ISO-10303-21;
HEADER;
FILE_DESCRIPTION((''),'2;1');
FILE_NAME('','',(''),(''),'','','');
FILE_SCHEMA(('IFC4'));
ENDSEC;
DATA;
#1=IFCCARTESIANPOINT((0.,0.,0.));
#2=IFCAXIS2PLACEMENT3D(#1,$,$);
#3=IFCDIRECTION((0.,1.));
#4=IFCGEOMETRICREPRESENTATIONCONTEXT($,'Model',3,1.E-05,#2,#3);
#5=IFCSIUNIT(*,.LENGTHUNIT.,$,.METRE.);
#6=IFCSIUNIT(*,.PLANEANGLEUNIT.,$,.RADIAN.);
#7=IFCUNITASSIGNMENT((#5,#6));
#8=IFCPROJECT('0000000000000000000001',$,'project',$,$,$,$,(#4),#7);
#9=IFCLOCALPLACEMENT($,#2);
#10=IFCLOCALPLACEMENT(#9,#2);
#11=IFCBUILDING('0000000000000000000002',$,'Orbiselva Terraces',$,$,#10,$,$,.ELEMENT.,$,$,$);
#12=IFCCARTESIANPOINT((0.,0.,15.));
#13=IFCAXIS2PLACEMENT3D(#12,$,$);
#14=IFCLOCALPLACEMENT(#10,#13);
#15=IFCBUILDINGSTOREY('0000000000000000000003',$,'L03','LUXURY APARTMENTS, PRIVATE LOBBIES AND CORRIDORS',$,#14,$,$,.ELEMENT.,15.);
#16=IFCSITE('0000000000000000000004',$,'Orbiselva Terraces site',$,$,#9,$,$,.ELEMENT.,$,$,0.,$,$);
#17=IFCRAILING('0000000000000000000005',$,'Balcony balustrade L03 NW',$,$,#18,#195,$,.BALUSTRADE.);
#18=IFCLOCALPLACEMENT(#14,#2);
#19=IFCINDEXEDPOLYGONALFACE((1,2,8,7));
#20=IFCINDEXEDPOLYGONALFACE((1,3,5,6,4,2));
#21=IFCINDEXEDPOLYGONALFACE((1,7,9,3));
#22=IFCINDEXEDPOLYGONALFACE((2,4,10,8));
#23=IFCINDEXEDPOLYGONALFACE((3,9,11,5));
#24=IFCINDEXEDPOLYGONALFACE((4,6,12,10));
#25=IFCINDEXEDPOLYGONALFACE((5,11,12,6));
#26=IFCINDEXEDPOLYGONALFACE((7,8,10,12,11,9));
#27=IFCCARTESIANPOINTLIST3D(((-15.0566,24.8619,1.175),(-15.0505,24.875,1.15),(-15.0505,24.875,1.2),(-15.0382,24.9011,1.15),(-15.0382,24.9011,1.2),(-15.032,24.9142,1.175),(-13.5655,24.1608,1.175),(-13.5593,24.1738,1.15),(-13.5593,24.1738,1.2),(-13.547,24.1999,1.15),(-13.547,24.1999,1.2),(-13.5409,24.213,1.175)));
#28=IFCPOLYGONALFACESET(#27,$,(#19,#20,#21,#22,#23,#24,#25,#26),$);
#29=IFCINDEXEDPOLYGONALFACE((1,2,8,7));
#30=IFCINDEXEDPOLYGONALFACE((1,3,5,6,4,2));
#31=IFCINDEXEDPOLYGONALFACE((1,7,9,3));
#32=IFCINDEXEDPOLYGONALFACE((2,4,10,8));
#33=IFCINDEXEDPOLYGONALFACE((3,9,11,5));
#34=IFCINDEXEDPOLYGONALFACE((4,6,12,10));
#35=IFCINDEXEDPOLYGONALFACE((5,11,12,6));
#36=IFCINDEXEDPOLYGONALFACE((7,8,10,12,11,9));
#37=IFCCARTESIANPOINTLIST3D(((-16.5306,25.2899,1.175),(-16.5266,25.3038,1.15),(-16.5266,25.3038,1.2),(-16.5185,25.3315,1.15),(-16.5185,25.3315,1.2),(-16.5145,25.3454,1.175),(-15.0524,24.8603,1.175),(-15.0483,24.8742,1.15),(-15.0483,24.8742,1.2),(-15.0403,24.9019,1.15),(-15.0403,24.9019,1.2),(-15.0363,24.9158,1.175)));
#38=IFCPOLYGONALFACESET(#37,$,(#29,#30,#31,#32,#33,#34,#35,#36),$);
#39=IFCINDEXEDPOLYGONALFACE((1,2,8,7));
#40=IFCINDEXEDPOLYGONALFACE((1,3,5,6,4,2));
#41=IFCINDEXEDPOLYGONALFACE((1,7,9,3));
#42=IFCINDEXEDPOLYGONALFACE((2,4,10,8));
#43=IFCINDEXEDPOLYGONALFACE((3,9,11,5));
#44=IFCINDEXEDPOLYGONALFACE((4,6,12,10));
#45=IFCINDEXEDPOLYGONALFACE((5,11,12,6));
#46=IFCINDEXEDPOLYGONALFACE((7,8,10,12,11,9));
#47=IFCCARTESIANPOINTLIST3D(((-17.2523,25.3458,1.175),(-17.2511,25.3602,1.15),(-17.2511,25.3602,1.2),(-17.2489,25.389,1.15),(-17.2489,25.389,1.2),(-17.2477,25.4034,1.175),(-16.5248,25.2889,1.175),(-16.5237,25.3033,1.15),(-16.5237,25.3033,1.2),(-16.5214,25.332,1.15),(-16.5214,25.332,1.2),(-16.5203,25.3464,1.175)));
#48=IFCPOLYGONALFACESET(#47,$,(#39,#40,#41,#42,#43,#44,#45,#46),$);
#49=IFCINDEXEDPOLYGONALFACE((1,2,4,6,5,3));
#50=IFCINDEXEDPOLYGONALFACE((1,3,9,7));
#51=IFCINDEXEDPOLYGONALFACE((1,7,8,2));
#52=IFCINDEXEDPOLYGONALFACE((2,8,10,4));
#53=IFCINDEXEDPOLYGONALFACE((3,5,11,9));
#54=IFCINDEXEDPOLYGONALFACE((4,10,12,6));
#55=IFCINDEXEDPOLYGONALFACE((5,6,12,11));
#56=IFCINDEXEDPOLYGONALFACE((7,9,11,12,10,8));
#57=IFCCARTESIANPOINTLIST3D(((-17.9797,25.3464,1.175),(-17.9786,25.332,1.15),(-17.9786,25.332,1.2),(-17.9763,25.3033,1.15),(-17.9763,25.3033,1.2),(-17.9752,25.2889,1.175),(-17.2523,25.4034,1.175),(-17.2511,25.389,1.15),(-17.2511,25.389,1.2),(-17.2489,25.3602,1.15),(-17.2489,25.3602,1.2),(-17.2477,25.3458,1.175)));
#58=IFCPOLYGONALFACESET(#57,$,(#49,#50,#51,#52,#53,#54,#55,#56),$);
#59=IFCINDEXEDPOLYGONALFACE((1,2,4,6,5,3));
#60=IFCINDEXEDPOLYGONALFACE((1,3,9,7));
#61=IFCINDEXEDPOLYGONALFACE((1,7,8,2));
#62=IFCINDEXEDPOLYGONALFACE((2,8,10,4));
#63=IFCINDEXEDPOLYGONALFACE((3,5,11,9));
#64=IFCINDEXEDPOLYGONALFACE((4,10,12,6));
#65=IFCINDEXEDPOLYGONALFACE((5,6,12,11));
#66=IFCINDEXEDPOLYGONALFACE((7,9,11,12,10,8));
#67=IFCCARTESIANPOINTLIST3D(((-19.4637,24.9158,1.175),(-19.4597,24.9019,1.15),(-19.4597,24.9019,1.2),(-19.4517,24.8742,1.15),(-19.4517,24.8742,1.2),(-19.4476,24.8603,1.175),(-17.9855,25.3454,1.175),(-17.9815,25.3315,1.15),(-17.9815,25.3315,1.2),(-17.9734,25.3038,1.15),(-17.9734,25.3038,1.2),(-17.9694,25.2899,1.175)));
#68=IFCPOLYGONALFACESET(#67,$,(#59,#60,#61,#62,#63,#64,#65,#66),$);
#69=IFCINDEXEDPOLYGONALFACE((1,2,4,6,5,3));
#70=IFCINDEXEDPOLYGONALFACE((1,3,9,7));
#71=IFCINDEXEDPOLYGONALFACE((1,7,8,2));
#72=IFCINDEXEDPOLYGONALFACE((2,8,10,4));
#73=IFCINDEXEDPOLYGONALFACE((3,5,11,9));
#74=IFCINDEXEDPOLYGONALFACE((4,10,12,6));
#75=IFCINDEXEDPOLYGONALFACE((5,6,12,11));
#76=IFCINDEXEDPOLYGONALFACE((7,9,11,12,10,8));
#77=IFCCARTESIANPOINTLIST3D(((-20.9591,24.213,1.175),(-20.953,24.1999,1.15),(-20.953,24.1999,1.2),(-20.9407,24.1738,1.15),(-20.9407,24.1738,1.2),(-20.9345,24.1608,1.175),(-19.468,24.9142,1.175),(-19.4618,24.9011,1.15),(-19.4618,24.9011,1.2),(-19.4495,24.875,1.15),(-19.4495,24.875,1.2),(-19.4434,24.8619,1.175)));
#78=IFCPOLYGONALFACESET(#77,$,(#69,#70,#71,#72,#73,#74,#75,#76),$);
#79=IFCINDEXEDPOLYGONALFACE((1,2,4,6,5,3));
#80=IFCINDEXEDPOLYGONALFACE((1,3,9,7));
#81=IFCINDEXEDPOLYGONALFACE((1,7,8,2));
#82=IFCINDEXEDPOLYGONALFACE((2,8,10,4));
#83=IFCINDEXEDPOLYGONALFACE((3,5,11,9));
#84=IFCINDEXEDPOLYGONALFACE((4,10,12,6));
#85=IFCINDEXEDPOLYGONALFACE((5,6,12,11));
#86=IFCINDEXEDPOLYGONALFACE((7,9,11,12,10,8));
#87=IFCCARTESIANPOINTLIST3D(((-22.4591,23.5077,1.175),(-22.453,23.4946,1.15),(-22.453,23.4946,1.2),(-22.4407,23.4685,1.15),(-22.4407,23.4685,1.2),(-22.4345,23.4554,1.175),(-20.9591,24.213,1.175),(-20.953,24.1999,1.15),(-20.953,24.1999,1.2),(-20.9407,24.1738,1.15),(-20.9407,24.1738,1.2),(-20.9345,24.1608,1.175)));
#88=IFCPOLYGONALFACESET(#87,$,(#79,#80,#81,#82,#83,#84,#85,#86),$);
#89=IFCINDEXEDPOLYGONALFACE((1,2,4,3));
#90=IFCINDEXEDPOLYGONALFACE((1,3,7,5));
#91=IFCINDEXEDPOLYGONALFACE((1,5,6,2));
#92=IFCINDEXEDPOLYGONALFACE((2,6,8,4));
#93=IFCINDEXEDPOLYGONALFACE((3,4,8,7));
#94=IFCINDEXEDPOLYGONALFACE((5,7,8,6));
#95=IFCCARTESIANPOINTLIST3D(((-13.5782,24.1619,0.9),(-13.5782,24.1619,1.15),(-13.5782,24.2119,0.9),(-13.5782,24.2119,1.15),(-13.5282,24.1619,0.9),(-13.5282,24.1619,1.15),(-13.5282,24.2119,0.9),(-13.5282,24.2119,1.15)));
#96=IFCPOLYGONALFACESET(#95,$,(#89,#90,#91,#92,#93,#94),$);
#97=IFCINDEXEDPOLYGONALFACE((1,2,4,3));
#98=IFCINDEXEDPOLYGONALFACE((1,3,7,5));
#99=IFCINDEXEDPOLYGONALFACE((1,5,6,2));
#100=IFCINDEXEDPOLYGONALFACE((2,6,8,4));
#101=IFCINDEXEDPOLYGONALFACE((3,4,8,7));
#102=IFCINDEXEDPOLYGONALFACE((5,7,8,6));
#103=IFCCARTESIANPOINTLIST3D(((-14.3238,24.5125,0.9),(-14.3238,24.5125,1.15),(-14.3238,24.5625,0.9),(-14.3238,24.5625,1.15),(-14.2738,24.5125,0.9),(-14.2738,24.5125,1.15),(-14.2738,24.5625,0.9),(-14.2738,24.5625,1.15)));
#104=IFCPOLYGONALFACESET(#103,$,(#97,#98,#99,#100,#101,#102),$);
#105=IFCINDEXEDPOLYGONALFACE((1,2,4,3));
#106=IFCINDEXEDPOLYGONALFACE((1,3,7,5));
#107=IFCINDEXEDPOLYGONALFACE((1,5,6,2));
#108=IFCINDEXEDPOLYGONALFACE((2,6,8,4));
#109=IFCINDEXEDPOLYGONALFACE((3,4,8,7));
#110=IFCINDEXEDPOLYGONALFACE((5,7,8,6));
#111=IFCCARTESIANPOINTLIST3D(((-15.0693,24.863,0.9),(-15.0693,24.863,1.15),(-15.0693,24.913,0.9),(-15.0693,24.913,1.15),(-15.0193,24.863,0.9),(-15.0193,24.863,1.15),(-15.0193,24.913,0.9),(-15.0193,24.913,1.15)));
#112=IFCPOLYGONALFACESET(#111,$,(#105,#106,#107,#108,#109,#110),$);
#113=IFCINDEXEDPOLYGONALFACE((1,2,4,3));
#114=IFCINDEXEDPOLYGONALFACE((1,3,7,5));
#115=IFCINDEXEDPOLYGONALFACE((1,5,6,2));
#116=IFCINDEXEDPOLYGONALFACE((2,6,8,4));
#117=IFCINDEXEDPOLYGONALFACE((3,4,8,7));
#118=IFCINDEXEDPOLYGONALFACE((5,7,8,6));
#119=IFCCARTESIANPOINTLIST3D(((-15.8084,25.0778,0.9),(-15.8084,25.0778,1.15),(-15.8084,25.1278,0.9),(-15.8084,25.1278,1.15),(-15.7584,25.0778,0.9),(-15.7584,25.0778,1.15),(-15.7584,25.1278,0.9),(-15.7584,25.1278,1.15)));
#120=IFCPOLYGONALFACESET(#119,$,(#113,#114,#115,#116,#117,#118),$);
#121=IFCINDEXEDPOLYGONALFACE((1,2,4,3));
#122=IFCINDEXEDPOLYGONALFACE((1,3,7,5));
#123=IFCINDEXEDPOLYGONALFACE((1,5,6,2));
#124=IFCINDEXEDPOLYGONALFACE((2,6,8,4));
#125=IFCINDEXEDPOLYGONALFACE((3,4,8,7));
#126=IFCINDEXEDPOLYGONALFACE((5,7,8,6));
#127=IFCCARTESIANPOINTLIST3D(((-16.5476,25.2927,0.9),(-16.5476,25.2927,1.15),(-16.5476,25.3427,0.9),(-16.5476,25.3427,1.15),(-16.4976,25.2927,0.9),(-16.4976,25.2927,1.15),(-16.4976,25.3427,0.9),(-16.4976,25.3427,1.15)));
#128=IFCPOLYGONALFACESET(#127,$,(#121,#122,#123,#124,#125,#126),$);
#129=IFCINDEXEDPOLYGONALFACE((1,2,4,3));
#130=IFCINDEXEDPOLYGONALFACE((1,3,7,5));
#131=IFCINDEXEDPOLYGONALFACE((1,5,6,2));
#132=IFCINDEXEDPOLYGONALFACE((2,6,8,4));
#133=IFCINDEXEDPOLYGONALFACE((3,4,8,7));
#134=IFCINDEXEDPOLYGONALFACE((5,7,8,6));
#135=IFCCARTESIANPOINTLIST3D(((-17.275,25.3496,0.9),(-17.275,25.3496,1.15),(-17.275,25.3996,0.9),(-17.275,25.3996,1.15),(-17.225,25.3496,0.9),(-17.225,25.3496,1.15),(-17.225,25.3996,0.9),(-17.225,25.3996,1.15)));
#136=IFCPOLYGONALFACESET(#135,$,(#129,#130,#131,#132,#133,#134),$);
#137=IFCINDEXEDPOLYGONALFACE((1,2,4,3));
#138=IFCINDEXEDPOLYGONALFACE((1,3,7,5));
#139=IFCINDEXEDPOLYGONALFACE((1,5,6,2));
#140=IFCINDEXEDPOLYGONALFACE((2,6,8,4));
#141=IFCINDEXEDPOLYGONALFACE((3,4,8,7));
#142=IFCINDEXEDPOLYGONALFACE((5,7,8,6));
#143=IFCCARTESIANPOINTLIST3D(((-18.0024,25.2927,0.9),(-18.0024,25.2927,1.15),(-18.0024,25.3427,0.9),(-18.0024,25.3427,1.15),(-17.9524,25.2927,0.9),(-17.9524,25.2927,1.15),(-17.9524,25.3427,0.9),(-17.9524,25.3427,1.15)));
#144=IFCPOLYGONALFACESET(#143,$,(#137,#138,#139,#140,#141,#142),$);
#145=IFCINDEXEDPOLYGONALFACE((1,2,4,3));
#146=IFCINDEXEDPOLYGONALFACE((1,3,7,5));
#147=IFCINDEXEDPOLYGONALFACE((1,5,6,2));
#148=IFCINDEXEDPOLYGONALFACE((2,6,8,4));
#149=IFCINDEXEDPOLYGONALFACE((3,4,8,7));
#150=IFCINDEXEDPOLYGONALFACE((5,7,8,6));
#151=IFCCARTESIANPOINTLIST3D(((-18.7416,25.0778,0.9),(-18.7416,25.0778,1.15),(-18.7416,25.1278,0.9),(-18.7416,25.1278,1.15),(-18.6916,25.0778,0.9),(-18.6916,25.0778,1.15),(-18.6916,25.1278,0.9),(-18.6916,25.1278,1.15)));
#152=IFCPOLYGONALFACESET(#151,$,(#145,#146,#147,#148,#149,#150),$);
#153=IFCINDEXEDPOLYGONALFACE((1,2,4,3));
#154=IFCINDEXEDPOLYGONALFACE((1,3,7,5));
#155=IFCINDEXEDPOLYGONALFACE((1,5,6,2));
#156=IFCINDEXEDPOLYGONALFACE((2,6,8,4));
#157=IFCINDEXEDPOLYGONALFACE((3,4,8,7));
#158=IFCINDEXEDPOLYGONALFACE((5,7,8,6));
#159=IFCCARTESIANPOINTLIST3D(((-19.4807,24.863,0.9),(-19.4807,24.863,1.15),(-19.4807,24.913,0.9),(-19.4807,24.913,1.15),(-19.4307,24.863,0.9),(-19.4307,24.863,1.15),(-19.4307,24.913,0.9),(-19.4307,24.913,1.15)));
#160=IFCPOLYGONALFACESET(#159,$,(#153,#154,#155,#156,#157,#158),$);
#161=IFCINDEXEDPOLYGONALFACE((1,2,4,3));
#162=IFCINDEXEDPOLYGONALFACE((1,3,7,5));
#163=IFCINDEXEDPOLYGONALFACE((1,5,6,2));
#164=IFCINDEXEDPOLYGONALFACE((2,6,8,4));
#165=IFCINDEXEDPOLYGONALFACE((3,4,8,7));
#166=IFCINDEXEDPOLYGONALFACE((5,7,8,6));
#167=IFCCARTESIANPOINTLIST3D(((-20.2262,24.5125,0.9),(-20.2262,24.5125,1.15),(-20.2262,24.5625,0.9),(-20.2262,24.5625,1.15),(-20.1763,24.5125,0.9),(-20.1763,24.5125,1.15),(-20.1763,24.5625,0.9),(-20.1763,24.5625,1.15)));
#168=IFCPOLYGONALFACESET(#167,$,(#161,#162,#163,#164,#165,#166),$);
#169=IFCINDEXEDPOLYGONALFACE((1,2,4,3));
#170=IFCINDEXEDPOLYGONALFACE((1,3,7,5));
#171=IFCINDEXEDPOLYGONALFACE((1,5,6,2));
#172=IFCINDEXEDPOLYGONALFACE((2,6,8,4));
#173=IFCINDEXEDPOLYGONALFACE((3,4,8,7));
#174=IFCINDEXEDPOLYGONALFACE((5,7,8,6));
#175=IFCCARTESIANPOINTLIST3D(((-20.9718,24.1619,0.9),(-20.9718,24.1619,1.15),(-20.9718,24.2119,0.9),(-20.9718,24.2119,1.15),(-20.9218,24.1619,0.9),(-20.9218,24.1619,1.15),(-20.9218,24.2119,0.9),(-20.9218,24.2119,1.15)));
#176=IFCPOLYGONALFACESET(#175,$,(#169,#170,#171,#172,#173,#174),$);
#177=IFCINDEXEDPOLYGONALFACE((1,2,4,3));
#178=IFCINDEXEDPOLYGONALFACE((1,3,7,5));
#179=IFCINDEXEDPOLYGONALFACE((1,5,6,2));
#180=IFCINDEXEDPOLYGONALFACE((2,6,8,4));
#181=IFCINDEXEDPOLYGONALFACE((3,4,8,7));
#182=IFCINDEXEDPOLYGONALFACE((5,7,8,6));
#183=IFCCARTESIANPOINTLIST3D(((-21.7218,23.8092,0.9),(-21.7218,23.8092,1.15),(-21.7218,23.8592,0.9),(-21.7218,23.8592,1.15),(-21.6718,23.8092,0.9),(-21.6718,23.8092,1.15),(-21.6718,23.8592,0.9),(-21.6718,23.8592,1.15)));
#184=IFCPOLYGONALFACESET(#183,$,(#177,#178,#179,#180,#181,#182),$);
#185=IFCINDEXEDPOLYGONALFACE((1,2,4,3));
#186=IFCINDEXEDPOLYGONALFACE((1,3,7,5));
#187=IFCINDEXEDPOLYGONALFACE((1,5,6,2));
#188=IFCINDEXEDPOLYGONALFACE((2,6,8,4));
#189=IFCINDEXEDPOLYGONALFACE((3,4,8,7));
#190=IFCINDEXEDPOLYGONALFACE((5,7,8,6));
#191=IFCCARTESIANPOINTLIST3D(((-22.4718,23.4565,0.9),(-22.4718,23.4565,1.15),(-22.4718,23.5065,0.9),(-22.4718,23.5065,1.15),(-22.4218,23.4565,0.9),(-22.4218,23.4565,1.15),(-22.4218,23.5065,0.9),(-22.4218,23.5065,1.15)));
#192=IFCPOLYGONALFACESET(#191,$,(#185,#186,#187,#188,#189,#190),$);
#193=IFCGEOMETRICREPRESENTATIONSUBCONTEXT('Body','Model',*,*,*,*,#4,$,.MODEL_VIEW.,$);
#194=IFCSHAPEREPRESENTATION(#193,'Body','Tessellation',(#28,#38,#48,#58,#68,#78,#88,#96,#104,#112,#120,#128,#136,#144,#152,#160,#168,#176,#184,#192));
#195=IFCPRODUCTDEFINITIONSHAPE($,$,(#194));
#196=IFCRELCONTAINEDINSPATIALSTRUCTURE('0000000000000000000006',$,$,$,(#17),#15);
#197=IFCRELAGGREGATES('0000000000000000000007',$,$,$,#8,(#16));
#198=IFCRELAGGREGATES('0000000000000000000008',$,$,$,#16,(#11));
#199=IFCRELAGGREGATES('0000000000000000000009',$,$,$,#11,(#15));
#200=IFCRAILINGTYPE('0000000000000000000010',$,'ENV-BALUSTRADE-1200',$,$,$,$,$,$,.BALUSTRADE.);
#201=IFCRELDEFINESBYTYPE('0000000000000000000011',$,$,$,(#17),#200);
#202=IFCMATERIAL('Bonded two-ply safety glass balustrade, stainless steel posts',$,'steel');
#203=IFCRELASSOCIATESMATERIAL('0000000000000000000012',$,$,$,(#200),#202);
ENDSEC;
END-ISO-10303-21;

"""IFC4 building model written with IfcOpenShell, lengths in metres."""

from ifc_helpers import new_model, si_unit, direction, frame, origin, origin_2d, place, context, subcontext, project, spatial, polyline, rectangle, outline, extrude, material, type_object, element, save


model = new_model("IFC4")

# Units and contexts
model_context = context("Model", 3, precision=1e-05, world=origin(), true_north=direction((0.0, 1.0)))
body_context = subcontext(model_context, "Body", "Model", "MODEL_VIEW")
ifc_project = project(units=[si_unit("LENGTHUNIT", "METRE"), si_unit("PLANEANGLEUNIT", "RADIAN")], contexts=[model_context])

# Site, building, storey
site_placement = place(None, origin())
site = spatial("IfcSite", under=ifc_project, at=site_placement, Name="Orbiselva Terraces site", CompositionType="ELEMENT", RefElevation=0.0)
building_placement = place(site_placement, origin())
building = spatial("IfcBuilding", under=site, at=building_placement, Name="Orbiselva Terraces", CompositionType="ELEMENT")
storey_placement = place(building_placement, frame((0.0, 0.0, 15.0)))
storey = spatial("IfcBuildingStorey", under=building, at=storey_placement, Name="L03", Description="LUXURY APARTMENTS, PRIVATE LOBBIES AND CORRIDORS", CompositionType="ELEMENT", Elevation=15.0)

# Railing
ifc_material_1 = material(Name="Bonded two-ply safety glass balustrade, stainless steel posts", Category="steel")
railing_type_1 = type_object("IfcRailingType", Name="ENV-BALUSTRADE-1200", PredefinedType="BALUSTRADE", material=ifc_material_1)
railing_1_placement = place(storey_placement, frame((-13.5532, 24.1869, 0.9)))
element("IfcRailing", 1, at=railing_1_placement, inside=storey, type_object=railing_type_1, Name="Balcony balustrade L03 NW", PredefinedType="BALUSTRADE", context=body_context, shape_type="SweptSolid", body=[
    extrude(outline(polyline([(0.0289, 0.0), (0.0144, 0.025), (-0.0144, 0.025), (-0.0289, 0.0), (-0.0144, -0.025), (0.0144, -0.025), (0.0289, 0.0)])), frame((0.0, 0.0, 0.275), z_axis=(-0.904944, 0.42553, 0.0), x_axis=(-0.42553, -0.904944, 0.0)), (0.0, 0.0, 1.0), 1.6477),
    extrude(outline(polyline([(0.0289, 0.0), (0.0144, 0.025), (-0.0144, 0.025), (-0.0289, 0.0), (-0.0144, -0.025), (0.0144, -0.025), (0.0289, 0.0)])), frame((-1.4911, 0.7012, 0.275), z_axis=(-0.96027, 0.279072, 0.0), x_axis=(-0.279072, -0.96027, 0.0)), (0.0, 0.0, 1.0), 1.5394),
    extrude(outline(polyline([(0.0289, 0.0), (0.0144, 0.025), (-0.0144, 0.025), (-0.0289, 0.0), (-0.0144, -0.025), (0.0144, -0.025), (0.0289, 0.0)])), frame((-2.9694, 1.1308, 0.275), z_axis=(-0.996948, 0.07807, 0.0), x_axis=(-0.07807, -0.996948, 0.0)), (0.0, 0.0, 1.0), 0.7297),
    extrude(outline(polyline([(0.0289, 0.0), (0.0144, 0.025), (-0.0144, 0.025), (-0.0289, 0.0), (-0.0144, -0.025), (0.0144, -0.025), (0.0289, 0.0)])), frame((-3.6968, 1.1877, 0.275), z_axis=(-0.996948, -0.07807, 0.0), x_axis=(0.07807, -0.996948, 0.0)), (0.0, 0.0, 1.0), 0.7297),
    extrude(outline(polyline([(0.0289, 0.0), (0.0144, 0.025), (-0.0144, 0.025), (-0.0289, 0.0), (-0.0144, -0.025), (0.0144, -0.025), (0.0289, 0.0)])), frame((-4.4243, 1.1308, 0.275), z_axis=(-0.96027, -0.279072, 0.0), x_axis=(0.279072, -0.96027, 0.0)), (0.0, 0.0, 1.0), 1.5394),
    extrude(outline(polyline([(0.0289, 0.0), (0.0144, 0.025), (-0.0144, 0.025), (-0.0289, 0.0), (-0.0144, -0.025), (0.0144, -0.025), (0.0289, 0.0)])), frame((-5.9025, 0.7012, 0.275), z_axis=(-0.904944, -0.42553, 0.0), x_axis=(0.42553, -0.904944, 0.0)), (0.0, 0.0, 1.0), 1.6477),
    extrude(outline(polyline([(0.0289, 0.0), (0.0144, 0.025), (-0.0144, 0.025), (-0.0289, 0.0), (-0.0144, -0.025), (0.0144, -0.025), (0.0289, 0.0)])), frame((-7.3936, 0.0, 0.275), z_axis=(-0.904944, -0.42553, 0.0), x_axis=(0.42553, -0.904944, 0.0)), (0.0, 0.0, 1.0), 1.6576),
    extrude(rectangle(XDim=0.05, YDim=0.05, at=origin_2d()), origin(), (0.0, 0.0, 1.0), 0.25),
    extrude(rectangle(XDim=0.05, YDim=0.05, at=origin_2d()), frame((-0.7456, 0.3506, 0.0)), (0.0, 0.0, 1.0), 0.25),
    extrude(rectangle(XDim=0.05, YDim=0.05, at=origin_2d()), frame((-1.4911, 0.7012, 0.0)), (0.0, 0.0, 1.0), 0.25),
    extrude(rectangle(XDim=0.05, YDim=0.05, at=origin_2d()), frame((-2.2302, 0.916, 0.0)), (0.0, 0.0, 1.0), 0.25),
    extrude(rectangle(XDim=0.05, YDim=0.05, at=origin_2d()), frame((-2.9694, 1.1308, 0.0)), (0.0, 0.0, 1.0), 0.25),
    extrude(rectangle(XDim=0.05, YDim=0.05, at=origin_2d()), frame((-3.6968, 1.1877, 0.0)), (0.0, 0.0, 1.0), 0.25),
    extrude(rectangle(XDim=0.05, YDim=0.05, at=origin_2d()), frame((-4.4243, 1.1308, 0.0)), (0.0, 0.0, 1.0), 0.25),
    extrude(rectangle(XDim=0.05, YDim=0.05, at=origin_2d()), frame((-5.1634, 0.916, 0.0)), (0.0, 0.0, 1.0), 0.25),
    extrude(rectangle(XDim=0.05, YDim=0.05, at=origin_2d()), frame((-5.9025, 0.7012, 0.0)), (0.0, 0.0, 1.0), 0.25),
    extrude(rectangle(XDim=0.05, YDim=0.05, at=origin_2d()), frame((-6.6481, 0.3506, 0.0)), (0.0, 0.0, 1.0), 0.25),
    extrude(rectangle(XDim=0.05, YDim=0.05, at=origin_2d()), frame((-7.3936, 0.0, 0.0)), (0.0, 0.0, 1.0), 0.25),
    extrude(rectangle(XDim=0.05, YDim=0.05, at=origin_2d()), frame((-8.1436, -0.3527, 0.0)), (0.0, 0.0, 1.0), 0.25),
    extrude(rectangle(XDim=0.05, YDim=0.05, at=origin_2d()), frame((-8.8936, -0.7053, 0.0)), (0.0, 0.0, 1.0), 0.25),
])

save(model, "model.ifc")
